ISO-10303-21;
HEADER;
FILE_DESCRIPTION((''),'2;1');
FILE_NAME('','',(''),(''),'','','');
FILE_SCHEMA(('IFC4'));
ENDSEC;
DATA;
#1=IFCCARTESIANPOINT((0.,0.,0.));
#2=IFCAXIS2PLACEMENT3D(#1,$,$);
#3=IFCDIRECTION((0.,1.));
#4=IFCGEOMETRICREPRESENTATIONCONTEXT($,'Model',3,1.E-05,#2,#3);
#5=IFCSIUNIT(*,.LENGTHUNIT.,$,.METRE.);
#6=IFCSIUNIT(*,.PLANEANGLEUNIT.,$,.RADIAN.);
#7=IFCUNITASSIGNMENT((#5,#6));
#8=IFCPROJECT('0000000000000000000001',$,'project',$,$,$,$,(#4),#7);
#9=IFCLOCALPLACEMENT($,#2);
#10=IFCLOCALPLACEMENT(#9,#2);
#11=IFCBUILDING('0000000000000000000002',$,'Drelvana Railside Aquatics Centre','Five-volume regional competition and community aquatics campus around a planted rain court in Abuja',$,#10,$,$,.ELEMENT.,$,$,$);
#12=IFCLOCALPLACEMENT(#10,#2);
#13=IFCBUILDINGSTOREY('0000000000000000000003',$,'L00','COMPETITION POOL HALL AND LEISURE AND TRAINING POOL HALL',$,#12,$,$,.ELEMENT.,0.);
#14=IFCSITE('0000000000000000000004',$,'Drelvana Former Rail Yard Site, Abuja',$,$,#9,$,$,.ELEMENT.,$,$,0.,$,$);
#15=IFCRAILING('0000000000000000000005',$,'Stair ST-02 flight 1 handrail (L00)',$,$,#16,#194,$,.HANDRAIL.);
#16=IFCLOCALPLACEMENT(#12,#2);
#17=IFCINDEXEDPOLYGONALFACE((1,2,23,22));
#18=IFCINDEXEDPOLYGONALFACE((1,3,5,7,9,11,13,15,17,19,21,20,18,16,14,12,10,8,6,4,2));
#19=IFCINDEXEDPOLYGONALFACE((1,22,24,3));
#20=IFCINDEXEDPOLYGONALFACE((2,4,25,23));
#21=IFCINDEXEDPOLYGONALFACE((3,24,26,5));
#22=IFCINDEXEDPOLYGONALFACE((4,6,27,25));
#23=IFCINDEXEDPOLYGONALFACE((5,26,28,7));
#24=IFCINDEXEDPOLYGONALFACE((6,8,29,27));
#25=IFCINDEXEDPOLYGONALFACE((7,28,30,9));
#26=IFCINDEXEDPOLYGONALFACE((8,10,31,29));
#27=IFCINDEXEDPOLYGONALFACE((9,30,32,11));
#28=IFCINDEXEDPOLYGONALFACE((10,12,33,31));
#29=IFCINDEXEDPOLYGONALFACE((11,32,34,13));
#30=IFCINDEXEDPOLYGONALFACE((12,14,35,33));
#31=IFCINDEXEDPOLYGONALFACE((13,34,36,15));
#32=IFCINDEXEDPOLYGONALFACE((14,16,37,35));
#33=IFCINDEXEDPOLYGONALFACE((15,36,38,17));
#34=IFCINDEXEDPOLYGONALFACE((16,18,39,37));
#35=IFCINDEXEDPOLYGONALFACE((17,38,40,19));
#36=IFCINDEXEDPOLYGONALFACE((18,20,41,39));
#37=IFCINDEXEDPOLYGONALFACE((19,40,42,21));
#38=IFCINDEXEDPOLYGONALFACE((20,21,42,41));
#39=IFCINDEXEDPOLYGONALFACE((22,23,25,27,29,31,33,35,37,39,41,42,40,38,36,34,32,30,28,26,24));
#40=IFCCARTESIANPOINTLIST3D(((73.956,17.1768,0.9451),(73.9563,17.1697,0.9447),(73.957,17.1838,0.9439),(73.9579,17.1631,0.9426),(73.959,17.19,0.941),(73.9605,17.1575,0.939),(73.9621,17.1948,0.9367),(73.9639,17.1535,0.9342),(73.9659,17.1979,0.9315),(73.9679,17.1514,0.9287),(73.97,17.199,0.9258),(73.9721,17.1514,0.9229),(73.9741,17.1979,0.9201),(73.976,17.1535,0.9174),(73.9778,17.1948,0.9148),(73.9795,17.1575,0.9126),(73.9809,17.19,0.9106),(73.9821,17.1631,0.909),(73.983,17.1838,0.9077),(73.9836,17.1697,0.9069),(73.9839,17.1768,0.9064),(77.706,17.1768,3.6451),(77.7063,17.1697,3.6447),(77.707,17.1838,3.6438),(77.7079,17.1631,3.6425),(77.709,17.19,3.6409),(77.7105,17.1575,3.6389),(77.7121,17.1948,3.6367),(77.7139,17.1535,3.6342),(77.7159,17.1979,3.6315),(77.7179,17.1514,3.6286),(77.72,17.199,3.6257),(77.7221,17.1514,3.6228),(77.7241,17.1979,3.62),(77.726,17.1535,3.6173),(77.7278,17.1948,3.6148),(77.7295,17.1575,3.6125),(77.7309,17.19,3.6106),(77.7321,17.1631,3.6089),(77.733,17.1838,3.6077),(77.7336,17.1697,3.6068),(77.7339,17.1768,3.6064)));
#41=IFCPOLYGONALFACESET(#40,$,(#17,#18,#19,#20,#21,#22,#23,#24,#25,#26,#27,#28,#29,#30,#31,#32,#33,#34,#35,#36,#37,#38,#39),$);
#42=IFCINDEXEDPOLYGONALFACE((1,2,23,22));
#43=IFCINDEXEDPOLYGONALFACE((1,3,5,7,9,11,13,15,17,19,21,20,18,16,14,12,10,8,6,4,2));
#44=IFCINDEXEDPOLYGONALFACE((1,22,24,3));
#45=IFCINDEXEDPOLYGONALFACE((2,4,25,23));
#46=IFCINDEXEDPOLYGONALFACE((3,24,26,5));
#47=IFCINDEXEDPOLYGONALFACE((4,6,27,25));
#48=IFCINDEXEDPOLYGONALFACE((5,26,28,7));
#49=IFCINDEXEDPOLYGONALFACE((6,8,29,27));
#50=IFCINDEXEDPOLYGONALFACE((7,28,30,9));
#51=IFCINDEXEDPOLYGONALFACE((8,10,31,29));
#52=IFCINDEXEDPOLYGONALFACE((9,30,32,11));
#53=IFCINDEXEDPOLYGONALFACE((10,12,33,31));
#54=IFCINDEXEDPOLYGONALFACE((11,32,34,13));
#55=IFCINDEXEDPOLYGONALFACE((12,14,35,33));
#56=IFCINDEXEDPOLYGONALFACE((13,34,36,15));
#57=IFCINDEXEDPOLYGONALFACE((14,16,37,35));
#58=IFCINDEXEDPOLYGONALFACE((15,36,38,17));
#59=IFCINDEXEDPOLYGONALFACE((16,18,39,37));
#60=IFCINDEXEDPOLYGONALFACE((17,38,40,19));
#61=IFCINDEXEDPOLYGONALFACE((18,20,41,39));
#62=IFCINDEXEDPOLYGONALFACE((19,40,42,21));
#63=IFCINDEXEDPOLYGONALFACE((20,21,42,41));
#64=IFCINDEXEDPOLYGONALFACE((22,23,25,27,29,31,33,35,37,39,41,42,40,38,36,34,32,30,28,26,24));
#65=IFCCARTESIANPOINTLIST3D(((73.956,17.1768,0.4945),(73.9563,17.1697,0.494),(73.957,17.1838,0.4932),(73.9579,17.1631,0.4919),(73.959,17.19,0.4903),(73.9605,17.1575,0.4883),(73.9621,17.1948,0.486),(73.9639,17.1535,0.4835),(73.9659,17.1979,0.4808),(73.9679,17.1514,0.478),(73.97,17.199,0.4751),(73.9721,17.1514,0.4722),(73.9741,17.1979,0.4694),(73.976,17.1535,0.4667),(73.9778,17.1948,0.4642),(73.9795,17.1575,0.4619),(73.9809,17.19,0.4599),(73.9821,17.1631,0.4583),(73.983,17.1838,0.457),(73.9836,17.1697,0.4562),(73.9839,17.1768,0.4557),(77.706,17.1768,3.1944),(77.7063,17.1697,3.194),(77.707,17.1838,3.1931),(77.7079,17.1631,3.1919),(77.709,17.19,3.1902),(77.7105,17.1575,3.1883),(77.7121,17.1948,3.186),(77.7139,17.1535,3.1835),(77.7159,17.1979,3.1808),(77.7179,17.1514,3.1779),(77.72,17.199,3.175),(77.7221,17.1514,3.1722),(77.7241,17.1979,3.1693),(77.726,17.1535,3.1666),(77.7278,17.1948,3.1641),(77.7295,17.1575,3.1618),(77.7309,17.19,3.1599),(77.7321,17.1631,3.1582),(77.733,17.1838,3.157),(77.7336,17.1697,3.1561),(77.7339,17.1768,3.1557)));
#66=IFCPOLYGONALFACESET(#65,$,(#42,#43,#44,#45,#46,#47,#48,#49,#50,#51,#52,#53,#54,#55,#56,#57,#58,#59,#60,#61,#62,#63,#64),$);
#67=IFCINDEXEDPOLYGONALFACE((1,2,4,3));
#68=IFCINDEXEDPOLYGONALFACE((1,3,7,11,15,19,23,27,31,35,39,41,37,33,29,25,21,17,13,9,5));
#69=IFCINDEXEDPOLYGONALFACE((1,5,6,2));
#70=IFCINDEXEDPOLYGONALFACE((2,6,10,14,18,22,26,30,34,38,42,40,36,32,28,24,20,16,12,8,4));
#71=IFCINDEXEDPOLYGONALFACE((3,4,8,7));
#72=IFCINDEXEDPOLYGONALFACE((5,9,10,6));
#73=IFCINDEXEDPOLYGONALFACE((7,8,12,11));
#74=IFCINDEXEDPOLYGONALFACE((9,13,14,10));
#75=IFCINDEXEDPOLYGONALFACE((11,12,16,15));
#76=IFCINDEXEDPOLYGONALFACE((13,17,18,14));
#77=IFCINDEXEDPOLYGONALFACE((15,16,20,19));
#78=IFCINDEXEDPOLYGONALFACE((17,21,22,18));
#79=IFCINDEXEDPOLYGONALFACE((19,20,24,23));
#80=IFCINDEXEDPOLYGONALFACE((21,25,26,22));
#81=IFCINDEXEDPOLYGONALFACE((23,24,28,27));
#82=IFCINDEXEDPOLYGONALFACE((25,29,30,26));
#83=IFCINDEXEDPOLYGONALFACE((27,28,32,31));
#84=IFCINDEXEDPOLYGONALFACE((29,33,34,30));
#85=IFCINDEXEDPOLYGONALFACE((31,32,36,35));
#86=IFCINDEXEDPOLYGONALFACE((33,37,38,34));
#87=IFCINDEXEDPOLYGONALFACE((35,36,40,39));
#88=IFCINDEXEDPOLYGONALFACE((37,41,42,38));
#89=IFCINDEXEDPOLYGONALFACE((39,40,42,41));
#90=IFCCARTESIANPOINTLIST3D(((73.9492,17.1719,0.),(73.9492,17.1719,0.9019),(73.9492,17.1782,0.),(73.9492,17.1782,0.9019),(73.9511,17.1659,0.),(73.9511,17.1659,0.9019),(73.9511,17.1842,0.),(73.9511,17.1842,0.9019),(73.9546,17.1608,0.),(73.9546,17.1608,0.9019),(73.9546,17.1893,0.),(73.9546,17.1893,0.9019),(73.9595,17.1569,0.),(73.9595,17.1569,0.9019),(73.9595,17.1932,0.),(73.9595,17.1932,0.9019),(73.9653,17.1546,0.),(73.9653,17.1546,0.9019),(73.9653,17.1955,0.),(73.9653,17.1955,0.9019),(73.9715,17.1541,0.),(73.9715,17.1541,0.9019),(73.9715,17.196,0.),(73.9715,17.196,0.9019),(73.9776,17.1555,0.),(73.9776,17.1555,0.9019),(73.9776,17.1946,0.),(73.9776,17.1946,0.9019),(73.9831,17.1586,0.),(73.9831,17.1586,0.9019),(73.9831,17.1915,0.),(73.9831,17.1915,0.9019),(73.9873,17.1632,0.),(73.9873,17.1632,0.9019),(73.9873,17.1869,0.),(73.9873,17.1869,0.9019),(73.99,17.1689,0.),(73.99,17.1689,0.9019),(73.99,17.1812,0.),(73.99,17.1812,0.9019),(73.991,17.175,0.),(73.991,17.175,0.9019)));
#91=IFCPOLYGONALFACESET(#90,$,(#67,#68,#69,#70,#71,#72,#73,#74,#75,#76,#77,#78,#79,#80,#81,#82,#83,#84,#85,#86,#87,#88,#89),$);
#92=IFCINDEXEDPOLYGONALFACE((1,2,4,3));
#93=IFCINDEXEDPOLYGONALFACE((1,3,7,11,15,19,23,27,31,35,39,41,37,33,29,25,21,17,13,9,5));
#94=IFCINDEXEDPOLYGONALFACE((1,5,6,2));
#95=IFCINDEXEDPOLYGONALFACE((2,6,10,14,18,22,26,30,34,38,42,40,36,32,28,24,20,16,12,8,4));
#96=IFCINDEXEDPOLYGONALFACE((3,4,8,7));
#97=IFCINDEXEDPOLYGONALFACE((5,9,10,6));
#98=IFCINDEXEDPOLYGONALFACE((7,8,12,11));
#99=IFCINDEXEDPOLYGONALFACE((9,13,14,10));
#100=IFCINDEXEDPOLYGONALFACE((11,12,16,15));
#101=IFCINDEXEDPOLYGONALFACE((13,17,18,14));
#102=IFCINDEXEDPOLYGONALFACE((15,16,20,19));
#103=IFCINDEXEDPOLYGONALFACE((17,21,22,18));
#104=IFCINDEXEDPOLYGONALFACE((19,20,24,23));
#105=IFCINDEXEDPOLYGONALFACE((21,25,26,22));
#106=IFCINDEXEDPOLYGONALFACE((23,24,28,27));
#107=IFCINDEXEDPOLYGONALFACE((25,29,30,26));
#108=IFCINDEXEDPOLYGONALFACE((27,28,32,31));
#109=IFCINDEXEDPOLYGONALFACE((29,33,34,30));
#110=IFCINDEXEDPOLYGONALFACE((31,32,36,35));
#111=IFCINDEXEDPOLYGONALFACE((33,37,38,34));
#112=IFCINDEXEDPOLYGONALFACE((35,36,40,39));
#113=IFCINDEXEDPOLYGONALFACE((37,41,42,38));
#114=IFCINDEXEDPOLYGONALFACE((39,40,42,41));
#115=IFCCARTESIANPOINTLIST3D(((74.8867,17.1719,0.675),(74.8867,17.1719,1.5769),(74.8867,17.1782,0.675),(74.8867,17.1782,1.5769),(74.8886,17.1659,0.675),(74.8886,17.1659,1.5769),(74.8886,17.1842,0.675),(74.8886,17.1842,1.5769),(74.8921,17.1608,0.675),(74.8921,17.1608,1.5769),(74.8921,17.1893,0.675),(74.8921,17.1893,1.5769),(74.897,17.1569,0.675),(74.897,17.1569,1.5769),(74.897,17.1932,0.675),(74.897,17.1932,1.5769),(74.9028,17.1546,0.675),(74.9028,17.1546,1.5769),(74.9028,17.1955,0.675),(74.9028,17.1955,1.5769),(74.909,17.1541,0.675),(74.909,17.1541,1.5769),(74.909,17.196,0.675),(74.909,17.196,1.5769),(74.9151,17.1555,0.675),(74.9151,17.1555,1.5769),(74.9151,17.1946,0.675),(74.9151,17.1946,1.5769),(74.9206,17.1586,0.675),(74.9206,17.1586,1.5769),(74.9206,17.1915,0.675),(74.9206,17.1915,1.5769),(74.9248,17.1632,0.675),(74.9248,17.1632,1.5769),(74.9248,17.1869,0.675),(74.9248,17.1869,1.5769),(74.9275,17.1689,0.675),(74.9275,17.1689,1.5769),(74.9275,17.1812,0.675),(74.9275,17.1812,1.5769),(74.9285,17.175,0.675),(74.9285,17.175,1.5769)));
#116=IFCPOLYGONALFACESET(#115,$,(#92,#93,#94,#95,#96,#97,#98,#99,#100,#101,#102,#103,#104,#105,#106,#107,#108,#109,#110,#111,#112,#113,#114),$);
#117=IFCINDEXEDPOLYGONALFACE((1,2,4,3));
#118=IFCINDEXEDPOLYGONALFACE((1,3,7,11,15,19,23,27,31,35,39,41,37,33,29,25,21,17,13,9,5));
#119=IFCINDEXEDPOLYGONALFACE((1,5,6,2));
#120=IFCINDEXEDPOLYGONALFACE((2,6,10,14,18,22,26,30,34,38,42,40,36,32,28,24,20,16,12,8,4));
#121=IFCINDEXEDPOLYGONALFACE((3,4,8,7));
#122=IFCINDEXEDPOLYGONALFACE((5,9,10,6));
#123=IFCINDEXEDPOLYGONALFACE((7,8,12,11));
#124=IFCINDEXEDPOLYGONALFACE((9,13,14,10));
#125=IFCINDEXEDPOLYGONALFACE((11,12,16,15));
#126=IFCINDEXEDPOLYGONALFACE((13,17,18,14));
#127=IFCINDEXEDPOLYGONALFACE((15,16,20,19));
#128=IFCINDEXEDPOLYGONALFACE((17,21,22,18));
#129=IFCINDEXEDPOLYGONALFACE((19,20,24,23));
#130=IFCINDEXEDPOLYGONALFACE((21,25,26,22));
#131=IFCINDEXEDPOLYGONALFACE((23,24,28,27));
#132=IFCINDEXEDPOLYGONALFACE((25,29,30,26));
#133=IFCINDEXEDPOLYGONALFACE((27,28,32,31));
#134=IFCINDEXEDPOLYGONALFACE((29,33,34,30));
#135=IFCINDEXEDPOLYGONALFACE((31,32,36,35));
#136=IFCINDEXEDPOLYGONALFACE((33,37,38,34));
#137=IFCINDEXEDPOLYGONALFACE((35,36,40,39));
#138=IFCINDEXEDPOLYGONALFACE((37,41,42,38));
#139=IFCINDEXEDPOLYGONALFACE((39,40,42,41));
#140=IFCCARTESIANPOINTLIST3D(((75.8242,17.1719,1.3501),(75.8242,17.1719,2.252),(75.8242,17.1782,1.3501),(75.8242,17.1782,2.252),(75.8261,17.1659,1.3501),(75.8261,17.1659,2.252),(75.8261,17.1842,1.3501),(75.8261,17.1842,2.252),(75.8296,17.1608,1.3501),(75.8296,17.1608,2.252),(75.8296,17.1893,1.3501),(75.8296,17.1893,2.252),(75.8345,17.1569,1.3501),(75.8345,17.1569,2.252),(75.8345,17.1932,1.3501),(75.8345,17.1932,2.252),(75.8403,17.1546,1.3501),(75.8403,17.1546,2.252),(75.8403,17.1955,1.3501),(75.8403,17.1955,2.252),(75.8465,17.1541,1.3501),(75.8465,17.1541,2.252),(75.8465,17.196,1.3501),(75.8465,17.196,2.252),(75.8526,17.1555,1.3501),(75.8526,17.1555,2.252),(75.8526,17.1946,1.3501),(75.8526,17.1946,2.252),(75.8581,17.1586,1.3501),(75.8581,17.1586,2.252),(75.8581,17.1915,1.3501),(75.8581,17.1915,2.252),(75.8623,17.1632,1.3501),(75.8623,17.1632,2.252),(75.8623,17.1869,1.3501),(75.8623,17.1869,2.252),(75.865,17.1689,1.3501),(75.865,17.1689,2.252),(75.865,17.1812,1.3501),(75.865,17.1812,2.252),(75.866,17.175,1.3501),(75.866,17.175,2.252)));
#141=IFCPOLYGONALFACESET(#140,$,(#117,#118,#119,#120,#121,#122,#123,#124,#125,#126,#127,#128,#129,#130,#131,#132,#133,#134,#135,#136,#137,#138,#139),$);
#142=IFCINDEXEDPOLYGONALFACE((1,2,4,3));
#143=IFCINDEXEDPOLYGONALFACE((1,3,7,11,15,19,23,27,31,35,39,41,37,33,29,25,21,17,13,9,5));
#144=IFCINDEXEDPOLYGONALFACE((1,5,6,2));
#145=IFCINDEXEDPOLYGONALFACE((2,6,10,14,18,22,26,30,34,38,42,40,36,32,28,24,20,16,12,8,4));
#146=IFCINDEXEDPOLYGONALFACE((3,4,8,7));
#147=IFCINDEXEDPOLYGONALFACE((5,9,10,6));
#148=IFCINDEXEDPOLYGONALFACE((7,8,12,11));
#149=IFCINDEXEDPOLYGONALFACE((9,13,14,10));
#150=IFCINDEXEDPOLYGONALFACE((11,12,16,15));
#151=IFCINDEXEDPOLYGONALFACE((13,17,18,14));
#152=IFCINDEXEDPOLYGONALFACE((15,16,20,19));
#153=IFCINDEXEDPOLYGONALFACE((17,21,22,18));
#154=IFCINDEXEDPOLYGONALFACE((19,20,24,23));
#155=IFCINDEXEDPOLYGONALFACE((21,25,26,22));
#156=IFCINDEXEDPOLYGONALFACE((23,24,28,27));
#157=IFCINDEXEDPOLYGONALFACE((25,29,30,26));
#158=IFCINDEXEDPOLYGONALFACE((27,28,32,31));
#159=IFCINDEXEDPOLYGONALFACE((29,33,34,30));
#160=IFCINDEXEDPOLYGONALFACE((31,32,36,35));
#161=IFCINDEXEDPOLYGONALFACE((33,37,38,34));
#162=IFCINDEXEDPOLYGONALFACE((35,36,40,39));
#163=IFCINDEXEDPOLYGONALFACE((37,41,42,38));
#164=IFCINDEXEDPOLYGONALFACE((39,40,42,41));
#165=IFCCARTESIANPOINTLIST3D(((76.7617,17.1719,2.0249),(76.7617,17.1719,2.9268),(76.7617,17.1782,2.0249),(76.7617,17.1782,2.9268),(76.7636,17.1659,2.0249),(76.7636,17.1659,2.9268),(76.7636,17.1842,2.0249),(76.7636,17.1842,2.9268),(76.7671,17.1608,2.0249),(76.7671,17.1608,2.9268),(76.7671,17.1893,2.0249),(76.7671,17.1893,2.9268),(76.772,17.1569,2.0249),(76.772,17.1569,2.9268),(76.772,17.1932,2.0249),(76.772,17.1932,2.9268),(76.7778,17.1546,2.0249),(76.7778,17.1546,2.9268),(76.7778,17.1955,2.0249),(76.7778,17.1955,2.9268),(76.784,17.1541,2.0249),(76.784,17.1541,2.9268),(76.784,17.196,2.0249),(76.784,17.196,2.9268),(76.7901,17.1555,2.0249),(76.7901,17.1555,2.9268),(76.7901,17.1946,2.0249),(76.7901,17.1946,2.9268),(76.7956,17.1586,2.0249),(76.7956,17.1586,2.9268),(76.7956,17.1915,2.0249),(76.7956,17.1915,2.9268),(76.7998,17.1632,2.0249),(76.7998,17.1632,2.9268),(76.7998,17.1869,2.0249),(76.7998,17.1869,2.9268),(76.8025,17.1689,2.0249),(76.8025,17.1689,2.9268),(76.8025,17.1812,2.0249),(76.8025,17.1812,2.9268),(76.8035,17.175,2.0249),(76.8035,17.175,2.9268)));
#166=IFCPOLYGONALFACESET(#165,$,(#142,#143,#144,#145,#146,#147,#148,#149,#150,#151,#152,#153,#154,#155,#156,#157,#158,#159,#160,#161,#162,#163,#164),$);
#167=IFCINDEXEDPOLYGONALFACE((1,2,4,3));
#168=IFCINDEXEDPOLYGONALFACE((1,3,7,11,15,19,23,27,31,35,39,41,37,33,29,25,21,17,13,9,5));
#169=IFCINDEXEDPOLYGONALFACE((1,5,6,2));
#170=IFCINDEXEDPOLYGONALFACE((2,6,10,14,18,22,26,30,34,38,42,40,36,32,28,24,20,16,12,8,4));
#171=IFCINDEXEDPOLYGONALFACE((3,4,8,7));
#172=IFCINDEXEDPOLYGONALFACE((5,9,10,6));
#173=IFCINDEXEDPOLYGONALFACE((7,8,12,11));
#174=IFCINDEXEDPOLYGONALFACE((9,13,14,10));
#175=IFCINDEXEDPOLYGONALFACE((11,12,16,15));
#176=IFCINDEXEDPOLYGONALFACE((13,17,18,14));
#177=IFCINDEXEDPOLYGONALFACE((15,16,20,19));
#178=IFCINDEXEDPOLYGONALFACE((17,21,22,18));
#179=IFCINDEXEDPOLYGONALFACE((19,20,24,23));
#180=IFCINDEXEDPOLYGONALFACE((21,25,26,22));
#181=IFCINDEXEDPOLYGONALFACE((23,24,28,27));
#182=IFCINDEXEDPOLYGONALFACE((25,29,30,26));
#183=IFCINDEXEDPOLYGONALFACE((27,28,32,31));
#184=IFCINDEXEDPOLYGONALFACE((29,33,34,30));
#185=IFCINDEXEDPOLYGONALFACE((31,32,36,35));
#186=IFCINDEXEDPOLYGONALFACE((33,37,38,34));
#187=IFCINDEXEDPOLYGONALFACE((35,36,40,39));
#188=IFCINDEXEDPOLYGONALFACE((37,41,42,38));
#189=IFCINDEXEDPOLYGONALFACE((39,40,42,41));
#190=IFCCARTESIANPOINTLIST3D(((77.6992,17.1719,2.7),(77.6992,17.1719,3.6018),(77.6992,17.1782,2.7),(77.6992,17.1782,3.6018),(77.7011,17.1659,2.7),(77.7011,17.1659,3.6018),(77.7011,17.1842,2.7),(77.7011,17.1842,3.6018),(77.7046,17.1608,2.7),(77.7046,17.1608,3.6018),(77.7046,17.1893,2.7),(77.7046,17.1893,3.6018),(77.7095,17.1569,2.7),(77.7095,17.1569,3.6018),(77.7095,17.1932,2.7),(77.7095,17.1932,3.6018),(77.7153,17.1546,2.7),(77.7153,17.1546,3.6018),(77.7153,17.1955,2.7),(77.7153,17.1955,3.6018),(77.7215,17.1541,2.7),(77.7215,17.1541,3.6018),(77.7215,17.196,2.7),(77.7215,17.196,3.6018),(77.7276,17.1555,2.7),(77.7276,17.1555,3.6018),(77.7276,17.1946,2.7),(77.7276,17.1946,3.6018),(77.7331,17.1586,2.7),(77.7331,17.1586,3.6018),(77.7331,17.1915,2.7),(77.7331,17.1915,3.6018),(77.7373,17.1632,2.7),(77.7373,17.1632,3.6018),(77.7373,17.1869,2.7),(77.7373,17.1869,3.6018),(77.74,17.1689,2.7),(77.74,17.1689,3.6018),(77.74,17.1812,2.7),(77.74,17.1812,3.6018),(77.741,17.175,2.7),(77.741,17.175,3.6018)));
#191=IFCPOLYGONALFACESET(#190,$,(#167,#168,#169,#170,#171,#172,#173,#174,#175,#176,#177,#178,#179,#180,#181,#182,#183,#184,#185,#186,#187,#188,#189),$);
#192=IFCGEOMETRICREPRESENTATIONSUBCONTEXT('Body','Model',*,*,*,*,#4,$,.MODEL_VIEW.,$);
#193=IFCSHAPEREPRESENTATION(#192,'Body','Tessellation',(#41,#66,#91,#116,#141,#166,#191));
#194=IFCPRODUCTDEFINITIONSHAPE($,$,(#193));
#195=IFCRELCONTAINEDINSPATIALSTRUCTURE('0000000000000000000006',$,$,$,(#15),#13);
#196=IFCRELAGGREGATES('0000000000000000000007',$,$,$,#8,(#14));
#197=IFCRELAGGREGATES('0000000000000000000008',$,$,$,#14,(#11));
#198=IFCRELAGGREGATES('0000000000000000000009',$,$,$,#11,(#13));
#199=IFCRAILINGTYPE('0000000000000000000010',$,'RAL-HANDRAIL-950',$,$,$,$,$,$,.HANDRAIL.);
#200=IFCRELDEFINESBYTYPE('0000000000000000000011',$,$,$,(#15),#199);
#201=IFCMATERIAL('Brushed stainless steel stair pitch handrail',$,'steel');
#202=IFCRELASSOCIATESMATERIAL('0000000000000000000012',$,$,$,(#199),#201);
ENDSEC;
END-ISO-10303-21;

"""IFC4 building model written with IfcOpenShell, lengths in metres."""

from ifc_helpers import new_model, si_unit, direction, frame, origin, origin_2d, place, context, subcontext, project, spatial, circle, extrude, material, type_object, element, save


model = new_model("IFC4")

# Units and contexts
model_context = context("Model", 3, precision=1e-05, world=origin(), true_north=direction((0.0, 1.0)))
body_context = subcontext(model_context, "Body", "Model", "MODEL_VIEW")
ifc_project = project(units=[si_unit("LENGTHUNIT", "METRE"), si_unit("PLANEANGLEUNIT", "RADIAN")], contexts=[model_context])

# Site, building, storey
site_placement = place(None, origin())
site = spatial("IfcSite", under=ifc_project, at=site_placement, Name="Drelvana Former Rail Yard Site, Abuja", CompositionType="ELEMENT", RefElevation=0.0)
building_placement = place(site_placement, origin())
building = spatial("IfcBuilding", under=site, at=building_placement, Name="Drelvana Railside Aquatics Centre", Description="Five-volume regional competition and community aquatics campus around a planted rain court in Abuja", CompositionType="ELEMENT")
storey_placement = place(building_placement, origin())
storey = spatial("IfcBuildingStorey", under=building, at=storey_placement, Name="L00", Description="COMPETITION POOL HALL AND LEISURE AND TRAINING POOL HALL", CompositionType="ELEMENT", Elevation=0.0)

# Railing
ifc_material_1 = material(Name="Brushed stainless steel stair pitch handrail", Category="steel")
railing_type = type_object("IfcRailingType", Name="RAL-HANDRAIL-950", PredefinedType="HANDRAIL", material=ifc_material_1)
railing_1_placement = place(storey_placement, frame((73.97, 17.175, 0.0)))
element("IfcRailing", 1, at=railing_1_placement, inside=storey, type_object=railing_type, Name="Stair ST-02 flight 1 handrail (L00)", PredefinedType="HANDRAIL", context=body_context, shape_type="SweptSolid", body=[
    extrude(circle(Radius=0.0239, at=origin_2d()), frame((0.0, 0.0, 0.9258), z_axis=(0.811539, 0.0, 0.584298), x_axis=(0.0, 1.0, 0.0)), (0.0, 0.0, 1.0), 4.6208),
    extrude(circle(Radius=0.0239, at=origin_2d()), frame((0.0, 0.0, 0.4751), z_axis=(0.811539, 0.0, 0.584298), x_axis=(0.0, 1.0, 0.0)), (0.0, 0.0, 1.0), 4.6208),
    extrude(circle(Radius=0.021, at=origin_2d()), origin(), (0.0, 0.0, 1.0), 0.9019),
    extrude(circle(Radius=0.021, at=origin_2d()), frame((0.9375, 0.0, 0.675)), (0.0, 0.0, 1.0), 0.9019),
    extrude(circle(Radius=0.021, at=origin_2d()), frame((1.875, 0.0, 1.3501)), (0.0, 0.0, 1.0), 0.9019),
    extrude(circle(Radius=0.021, at=origin_2d()), frame((2.8125, 0.0, 2.0249)), (0.0, 0.0, 1.0), 0.9019),
    extrude(circle(Radius=0.021, at=origin_2d()), frame((3.75, 0.0, 2.7)), (0.0, 0.0, 1.0), 0.9019),
])

save(model, "model.ifc")
